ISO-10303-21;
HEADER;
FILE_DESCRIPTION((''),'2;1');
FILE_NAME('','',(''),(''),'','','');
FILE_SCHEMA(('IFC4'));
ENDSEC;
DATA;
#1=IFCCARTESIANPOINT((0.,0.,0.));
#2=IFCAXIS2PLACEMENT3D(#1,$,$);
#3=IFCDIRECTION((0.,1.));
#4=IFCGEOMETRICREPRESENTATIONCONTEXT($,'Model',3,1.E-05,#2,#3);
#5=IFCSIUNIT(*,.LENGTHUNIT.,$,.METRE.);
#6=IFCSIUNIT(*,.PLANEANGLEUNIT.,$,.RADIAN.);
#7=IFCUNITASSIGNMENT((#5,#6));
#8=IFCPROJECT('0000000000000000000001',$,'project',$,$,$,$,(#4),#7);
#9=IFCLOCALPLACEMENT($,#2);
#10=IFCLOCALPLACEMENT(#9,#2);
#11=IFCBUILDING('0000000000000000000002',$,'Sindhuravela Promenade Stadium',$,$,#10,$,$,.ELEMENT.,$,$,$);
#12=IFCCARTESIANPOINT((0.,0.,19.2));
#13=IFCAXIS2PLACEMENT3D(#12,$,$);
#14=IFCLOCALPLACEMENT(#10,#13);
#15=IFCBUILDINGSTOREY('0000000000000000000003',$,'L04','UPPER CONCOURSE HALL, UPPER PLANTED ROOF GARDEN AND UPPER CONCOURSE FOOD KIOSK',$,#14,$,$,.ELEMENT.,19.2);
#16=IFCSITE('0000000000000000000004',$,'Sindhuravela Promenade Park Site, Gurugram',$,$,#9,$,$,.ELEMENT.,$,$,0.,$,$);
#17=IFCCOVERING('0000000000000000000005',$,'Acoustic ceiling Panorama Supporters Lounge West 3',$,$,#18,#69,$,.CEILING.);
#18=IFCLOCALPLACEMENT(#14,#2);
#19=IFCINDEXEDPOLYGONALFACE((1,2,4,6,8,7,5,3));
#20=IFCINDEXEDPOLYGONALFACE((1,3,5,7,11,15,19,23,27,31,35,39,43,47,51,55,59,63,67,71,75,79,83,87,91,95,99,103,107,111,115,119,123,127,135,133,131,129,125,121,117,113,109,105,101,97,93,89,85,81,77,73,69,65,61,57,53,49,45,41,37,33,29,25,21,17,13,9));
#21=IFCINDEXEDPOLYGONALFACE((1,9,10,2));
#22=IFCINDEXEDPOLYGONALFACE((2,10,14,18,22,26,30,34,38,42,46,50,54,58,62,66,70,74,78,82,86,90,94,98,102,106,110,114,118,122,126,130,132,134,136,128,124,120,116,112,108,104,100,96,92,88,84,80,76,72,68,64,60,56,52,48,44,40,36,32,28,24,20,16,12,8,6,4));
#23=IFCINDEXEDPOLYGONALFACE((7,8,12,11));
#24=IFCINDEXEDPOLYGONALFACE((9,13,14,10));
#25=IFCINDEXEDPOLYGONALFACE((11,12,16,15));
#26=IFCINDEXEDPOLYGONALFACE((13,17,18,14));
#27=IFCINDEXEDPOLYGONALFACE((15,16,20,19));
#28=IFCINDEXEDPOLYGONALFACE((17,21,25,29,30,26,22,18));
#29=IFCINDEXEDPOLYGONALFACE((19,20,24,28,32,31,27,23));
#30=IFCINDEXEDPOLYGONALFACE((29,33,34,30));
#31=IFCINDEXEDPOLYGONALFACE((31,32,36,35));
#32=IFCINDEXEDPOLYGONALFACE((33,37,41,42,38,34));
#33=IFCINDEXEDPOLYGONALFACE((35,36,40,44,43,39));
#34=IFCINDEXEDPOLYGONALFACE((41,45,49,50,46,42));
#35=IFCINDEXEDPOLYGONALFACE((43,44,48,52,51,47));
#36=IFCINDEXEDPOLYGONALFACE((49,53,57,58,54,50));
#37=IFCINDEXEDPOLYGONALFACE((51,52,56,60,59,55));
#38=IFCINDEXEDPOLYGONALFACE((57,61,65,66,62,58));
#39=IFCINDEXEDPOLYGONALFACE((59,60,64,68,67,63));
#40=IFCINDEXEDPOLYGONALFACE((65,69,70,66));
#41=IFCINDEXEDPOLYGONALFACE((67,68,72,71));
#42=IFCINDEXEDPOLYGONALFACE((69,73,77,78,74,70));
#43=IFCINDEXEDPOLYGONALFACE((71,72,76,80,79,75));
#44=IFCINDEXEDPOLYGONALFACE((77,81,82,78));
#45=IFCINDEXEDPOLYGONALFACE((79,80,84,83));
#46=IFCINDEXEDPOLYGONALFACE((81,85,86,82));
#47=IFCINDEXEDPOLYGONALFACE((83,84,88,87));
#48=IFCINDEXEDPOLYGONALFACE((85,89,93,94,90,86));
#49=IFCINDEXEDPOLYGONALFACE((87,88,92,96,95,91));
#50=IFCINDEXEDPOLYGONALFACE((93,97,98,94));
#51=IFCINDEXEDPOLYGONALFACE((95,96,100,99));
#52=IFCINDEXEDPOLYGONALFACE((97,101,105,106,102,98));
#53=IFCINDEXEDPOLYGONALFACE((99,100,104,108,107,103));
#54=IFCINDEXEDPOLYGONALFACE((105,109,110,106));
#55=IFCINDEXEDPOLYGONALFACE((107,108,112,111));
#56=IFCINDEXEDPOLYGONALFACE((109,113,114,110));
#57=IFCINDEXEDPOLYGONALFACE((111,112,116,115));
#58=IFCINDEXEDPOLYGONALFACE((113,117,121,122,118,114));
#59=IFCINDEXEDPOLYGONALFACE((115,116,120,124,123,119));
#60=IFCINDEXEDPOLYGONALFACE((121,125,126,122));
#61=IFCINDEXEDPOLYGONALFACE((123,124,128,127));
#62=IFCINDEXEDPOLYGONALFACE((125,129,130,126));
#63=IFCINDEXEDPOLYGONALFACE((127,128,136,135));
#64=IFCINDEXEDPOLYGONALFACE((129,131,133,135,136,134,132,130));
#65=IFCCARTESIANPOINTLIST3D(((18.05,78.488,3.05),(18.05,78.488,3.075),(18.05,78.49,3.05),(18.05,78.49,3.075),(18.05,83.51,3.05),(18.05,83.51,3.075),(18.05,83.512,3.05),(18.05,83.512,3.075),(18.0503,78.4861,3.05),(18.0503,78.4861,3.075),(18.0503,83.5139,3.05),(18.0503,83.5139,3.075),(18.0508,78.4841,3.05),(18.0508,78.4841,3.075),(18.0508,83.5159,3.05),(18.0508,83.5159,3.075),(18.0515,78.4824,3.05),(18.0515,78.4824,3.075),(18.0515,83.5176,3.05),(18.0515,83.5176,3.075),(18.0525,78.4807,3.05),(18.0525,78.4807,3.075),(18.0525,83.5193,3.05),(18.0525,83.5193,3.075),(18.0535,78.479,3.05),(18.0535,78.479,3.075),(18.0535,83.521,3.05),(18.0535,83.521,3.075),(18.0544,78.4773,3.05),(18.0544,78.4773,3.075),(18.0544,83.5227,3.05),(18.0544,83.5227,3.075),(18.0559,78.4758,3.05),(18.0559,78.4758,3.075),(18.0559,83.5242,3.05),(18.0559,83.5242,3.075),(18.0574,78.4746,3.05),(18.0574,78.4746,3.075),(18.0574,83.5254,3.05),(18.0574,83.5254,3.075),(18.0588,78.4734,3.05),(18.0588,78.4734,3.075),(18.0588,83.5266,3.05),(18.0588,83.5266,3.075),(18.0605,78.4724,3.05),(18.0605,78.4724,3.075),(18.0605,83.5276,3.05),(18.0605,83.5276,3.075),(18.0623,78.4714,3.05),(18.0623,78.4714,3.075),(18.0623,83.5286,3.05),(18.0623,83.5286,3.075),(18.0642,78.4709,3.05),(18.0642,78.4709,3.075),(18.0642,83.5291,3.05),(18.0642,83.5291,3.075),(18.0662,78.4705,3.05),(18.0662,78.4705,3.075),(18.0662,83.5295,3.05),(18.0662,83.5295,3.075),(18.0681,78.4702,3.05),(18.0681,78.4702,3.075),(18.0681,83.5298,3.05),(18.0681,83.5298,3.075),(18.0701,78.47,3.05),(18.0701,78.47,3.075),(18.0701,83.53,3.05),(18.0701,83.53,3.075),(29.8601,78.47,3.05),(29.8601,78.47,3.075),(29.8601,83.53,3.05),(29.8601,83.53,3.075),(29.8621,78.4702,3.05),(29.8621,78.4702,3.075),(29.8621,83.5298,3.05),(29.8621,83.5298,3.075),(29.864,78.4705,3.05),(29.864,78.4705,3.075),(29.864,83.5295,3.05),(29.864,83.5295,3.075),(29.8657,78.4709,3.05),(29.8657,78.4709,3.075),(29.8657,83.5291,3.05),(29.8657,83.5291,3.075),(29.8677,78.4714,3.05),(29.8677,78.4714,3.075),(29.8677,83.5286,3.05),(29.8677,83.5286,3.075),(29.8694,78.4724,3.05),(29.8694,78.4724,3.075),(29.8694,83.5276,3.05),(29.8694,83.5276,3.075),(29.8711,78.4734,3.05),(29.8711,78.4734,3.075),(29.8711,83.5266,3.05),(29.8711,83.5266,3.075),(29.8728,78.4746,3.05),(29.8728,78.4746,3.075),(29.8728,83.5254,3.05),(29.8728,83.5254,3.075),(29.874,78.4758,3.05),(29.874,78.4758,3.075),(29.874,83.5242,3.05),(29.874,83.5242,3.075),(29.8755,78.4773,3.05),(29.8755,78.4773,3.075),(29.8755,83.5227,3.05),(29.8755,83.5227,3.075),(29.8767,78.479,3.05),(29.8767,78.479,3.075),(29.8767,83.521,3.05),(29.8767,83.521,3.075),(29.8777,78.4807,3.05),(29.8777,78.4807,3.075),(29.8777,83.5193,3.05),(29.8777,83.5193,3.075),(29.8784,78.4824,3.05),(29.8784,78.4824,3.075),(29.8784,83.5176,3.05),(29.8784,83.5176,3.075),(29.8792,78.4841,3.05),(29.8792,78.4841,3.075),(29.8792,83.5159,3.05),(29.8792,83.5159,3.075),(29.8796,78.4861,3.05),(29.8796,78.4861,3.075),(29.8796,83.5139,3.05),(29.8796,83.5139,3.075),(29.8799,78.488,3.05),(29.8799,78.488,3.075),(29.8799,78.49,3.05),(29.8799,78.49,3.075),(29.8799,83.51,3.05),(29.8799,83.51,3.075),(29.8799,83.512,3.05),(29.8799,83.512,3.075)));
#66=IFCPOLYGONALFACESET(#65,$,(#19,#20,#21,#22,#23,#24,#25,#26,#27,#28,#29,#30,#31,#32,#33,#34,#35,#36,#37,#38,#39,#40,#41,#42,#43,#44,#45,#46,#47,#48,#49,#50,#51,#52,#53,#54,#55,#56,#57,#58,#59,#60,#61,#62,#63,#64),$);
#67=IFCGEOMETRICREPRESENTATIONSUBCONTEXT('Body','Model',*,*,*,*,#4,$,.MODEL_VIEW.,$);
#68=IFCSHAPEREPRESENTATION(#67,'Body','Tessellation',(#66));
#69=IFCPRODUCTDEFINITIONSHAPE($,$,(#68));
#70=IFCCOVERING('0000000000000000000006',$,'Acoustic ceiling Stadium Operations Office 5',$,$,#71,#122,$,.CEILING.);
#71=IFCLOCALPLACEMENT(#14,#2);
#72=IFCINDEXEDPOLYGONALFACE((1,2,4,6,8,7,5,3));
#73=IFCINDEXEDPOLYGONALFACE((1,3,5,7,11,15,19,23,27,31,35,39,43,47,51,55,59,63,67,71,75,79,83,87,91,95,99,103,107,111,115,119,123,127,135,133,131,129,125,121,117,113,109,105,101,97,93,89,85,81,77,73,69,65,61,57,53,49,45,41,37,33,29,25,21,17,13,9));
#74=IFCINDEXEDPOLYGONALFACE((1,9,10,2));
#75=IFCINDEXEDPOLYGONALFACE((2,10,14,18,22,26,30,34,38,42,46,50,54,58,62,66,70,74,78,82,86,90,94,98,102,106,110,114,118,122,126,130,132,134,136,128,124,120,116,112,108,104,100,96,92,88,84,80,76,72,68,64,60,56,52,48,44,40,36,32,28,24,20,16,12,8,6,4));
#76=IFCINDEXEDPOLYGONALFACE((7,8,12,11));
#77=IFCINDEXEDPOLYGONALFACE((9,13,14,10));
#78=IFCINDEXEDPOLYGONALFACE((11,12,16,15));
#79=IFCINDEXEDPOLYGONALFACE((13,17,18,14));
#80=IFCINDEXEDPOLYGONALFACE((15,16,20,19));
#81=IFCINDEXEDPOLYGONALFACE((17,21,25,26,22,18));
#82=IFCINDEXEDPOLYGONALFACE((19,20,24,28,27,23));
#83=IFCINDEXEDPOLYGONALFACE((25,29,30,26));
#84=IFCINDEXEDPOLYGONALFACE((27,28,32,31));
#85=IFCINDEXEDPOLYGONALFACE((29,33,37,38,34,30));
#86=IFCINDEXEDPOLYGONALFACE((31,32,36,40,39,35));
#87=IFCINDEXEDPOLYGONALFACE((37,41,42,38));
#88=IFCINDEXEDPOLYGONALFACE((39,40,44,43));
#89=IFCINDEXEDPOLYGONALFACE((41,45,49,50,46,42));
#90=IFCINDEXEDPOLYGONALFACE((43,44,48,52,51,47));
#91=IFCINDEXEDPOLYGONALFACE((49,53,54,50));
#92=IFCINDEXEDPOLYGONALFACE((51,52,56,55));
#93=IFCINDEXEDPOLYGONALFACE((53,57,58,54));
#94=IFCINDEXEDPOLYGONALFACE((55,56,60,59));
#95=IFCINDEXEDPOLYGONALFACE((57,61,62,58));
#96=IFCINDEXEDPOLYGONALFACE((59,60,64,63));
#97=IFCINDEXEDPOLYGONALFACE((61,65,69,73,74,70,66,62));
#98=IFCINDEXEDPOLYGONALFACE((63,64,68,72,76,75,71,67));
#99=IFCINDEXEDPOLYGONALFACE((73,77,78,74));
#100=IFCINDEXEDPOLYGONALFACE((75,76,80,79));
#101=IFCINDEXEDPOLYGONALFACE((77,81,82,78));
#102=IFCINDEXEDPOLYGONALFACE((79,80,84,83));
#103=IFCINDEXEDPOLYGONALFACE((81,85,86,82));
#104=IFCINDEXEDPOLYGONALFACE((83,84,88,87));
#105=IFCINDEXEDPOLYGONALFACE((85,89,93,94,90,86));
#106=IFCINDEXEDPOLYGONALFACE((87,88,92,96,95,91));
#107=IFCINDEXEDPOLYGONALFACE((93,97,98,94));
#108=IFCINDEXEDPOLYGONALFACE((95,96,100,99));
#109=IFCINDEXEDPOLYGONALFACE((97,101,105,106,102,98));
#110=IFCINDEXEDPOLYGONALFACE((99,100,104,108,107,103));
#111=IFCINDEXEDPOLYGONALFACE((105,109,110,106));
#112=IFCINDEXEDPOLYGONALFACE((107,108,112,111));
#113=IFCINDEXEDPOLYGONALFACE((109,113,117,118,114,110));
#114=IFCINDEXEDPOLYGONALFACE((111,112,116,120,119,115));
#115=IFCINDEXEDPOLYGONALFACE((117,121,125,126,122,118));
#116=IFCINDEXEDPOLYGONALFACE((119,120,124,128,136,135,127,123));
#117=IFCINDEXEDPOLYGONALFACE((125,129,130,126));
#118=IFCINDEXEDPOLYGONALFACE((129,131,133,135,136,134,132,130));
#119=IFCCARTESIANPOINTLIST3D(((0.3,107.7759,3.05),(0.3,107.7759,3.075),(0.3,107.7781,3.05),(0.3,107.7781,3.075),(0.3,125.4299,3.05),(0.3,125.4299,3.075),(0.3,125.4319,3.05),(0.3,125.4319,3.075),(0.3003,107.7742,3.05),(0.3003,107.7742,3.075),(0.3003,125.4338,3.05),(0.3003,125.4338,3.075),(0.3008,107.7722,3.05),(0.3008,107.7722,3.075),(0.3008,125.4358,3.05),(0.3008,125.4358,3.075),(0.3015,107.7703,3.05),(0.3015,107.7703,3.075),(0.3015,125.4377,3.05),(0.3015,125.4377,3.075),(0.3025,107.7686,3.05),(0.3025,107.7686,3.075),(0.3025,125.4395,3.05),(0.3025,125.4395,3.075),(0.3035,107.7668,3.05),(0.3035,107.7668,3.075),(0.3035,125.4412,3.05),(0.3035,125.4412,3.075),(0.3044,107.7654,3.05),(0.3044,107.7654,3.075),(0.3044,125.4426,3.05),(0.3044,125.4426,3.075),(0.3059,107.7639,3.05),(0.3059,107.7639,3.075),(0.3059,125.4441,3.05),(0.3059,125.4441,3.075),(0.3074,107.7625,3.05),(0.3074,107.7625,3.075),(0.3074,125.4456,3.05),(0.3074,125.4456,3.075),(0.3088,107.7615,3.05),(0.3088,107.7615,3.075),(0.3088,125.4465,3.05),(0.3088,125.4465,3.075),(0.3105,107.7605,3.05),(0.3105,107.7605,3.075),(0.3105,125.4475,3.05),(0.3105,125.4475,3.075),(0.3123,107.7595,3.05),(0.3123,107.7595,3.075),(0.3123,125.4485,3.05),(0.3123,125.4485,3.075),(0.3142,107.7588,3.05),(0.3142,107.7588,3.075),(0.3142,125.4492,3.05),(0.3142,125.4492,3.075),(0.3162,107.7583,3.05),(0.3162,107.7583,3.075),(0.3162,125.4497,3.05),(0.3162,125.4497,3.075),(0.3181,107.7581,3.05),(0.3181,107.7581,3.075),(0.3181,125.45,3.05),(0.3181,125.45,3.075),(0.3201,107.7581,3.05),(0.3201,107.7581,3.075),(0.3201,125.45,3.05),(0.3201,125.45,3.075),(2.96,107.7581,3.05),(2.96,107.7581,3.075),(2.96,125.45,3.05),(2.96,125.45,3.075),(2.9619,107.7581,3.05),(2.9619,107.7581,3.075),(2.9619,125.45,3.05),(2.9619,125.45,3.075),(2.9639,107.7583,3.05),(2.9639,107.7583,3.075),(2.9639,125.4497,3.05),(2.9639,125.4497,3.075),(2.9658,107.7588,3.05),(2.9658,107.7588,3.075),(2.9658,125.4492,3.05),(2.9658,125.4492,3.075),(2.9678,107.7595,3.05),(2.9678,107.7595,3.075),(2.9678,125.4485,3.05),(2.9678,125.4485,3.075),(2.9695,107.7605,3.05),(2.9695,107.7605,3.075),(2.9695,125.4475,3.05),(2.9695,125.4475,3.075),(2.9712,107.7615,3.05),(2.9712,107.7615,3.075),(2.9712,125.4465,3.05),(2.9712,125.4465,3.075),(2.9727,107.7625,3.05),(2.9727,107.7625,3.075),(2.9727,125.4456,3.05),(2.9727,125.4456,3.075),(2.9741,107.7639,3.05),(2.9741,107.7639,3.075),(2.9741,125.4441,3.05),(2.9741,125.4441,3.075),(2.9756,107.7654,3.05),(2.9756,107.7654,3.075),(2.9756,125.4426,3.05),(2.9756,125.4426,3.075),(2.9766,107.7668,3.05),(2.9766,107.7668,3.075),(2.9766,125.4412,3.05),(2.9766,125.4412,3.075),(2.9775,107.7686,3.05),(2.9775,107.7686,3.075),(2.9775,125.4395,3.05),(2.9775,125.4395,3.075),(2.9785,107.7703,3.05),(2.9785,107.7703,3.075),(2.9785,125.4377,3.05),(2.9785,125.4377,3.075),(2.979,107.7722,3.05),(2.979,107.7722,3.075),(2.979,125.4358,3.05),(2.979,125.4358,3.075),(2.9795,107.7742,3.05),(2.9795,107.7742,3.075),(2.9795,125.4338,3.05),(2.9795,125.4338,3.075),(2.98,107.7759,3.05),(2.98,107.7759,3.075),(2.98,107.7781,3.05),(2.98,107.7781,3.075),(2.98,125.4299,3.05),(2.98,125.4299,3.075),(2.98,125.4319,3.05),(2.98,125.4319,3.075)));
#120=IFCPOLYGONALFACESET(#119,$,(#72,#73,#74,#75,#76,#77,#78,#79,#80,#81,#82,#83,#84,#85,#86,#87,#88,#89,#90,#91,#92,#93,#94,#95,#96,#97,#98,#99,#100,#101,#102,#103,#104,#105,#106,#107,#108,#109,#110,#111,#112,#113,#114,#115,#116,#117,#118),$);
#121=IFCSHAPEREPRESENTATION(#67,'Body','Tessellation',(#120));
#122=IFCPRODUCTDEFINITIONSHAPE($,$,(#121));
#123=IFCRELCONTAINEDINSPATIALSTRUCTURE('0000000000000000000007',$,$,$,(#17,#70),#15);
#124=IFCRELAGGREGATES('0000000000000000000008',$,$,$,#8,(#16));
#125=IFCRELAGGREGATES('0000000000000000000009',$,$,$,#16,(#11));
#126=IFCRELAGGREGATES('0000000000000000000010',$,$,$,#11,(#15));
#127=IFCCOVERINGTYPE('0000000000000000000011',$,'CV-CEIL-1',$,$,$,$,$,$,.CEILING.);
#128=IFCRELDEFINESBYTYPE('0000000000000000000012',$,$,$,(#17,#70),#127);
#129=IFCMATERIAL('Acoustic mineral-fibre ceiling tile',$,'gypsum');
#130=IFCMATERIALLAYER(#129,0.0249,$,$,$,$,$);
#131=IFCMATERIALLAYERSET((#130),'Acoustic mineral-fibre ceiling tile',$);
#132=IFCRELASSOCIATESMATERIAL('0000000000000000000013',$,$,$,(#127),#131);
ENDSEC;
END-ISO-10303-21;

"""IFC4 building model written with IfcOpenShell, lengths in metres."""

from ifc_helpers import new_model, si_unit, direction, frame, origin, place, context, subcontext, project, spatial, polyline, outline, extrude, material, layer, layer_set, type_object, element, save


model = new_model("IFC4")

# Units and contexts
model_context = context("Model", 3, precision=1e-05, world=origin(), true_north=direction((0.0, 1.0)))
body_context = subcontext(model_context, "Body", "Model", "MODEL_VIEW")
ifc_project = project(units=[si_unit("LENGTHUNIT", "METRE"), si_unit("PLANEANGLEUNIT", "RADIAN")], contexts=[model_context])

# Site, building, storey
site_placement = place(None, origin())
site = spatial("IfcSite", under=ifc_project, at=site_placement, Name="Sindhuravela Promenade Park Site, Gurugram", CompositionType="ELEMENT", RefElevation=0.0)
building_placement = place(site_placement, origin())
building = spatial("IfcBuilding", under=site, at=building_placement, Name="Sindhuravela Promenade Stadium", CompositionType="ELEMENT")
storey_placement = place(building_placement, frame((0.0, 0.0, 19.2)))
storey = spatial("IfcBuildingStorey", under=building, at=storey_placement, Name="L04", Description="UPPER CONCOURSE HALL, UPPER PLANTED ROOF GARDEN AND UPPER CONCOURSE FOOD KIOSK", CompositionType="ELEMENT", Elevation=19.2)

# Coverings
ifc_material_1 = material(Name="Acoustic mineral-fibre ceiling tile", Category="gypsum")
ifc_layer_1 = layer(ifc_material_1, 0.0249)
ifc_layer_set_1 = layer_set([ifc_layer_1], Name="Acoustic mineral-fibre ceiling tile")
covering_type_1 = type_object("IfcCoveringType", Name="CV-CEIL-1", PredefinedType="CEILING", material=ifc_layer_set_1)
covering_1_placement = place(storey_placement, frame((0.0, 0.0, 3.05)))
element("IfcCovering", 1, at=covering_1_placement, inside=storey, type_object=covering_type_1, Name="Acoustic ceiling Panorama Supporters Lounge West 3", PredefinedType="CEILING", context=body_context, shape_type="SweptSolid", body=[
    extrude(outline(polyline([(29.8601, 83.53), (29.8621, 83.5298), (29.864, 83.5295), (29.8657, 83.5291), (29.8677, 83.5286), (29.8694, 83.5276), (29.8711, 83.5266), (29.8728, 83.5254), (29.874, 83.5242), (29.8755, 83.5227), (29.8767, 83.521), (29.8777, 83.5193), (29.8784, 83.5176), (29.8792, 83.5159), (29.8796, 83.5139), (29.8799, 83.512), (29.8799, 83.51), (29.8799, 78.49), (29.8799, 78.488), (29.8796, 78.4861), (29.8792, 78.4841), (29.8784, 78.4824), (29.8777, 78.4807), (29.8767, 78.479), (29.8755, 78.4773), (29.874, 78.4758), (29.8728, 78.4746), (29.8711, 78.4734), (29.8694, 78.4724), (29.8677, 78.4714), (29.8657, 78.4709), (29.864, 78.4705), (29.8621, 78.4702), (29.8601, 78.47), (18.0701, 78.47), (18.0681, 78.4702), (18.0662, 78.4705), (18.0642, 78.4709), (18.0623, 78.4714), (18.0605, 78.4724), (18.0588, 78.4734), (18.0574, 78.4746), (18.0559, 78.4758), (18.0544, 78.4773), (18.0535, 78.479), (18.0525, 78.4807), (18.0515, 78.4824), (18.0508, 78.4841), (18.0503, 78.4861), (18.05, 78.488), (18.05, 78.49), (18.05, 83.51), (18.05, 83.512), (18.0503, 83.5139), (18.0508, 83.5159), (18.0515, 83.5176), (18.0525, 83.5193), (18.0535, 83.521), (18.0544, 83.5227), (18.0559, 83.5242), (18.0574, 83.5254), (18.0588, 83.5266), (18.0605, 83.5276), (18.0623, 83.5286), (18.0642, 83.5291), (18.0662, 83.5295), (18.0681, 83.5298), (18.0701, 83.53), (29.8601, 83.53)])), origin(), (0.0, 0.0, 1.0), 0.0249),
])
covering_2_placement = place(storey_placement, frame((0.0, 0.0, 3.05)))
element("IfcCovering", 2, at=covering_2_placement, inside=storey, type_object=covering_type_1, Name="Acoustic ceiling Stadium Operations Office 5", PredefinedType="CEILING", context=body_context, shape_type="SweptSolid", body=[
    extrude(outline(polyline([(2.96, 125.45), (2.9619, 125.45), (2.9639, 125.4497), (2.9658, 125.4492), (2.9678, 125.4485), (2.9695, 125.4475), (2.9712, 125.4465), (2.9727, 125.4456), (2.9741, 125.4441), (2.9756, 125.4426), (2.9766, 125.4412), (2.9775, 125.4395), (2.9785, 125.4377), (2.979, 125.4358), (2.9795, 125.4338), (2.98, 125.4319), (2.98, 125.4299), (2.98, 107.7781), (2.98, 107.7759), (2.9795, 107.7742), (2.979, 107.7722), (2.9785, 107.7703), (2.9775, 107.7686), (2.9766, 107.7668), (2.9756, 107.7654), (2.9741, 107.7639), (2.9727, 107.7625), (2.9712, 107.7615), (2.9695, 107.7605), (2.9678, 107.7595), (2.9658, 107.7588), (2.9639, 107.7583), (2.9619, 107.7581), (2.96, 107.7581), (0.3201, 107.7581), (0.3181, 107.7581), (0.3162, 107.7583), (0.3142, 107.7588), (0.3123, 107.7595), (0.3105, 107.7605), (0.3088, 107.7615), (0.3074, 107.7625), (0.3059, 107.7639), (0.3044, 107.7654), (0.3035, 107.7668), (0.3025, 107.7686), (0.3015, 107.7703), (0.3008, 107.7722), (0.3003, 107.7742), (0.3, 107.7759), (0.3, 107.7781), (0.3, 125.4299), (0.3, 125.4319), (0.3003, 125.4338), (0.3008, 125.4358), (0.3015, 125.4377), (0.3025, 125.4395), (0.3035, 125.4412), (0.3044, 125.4426), (0.3059, 125.4441), (0.3074, 125.4456), (0.3088, 125.4465), (0.3105, 125.4475), (0.3123, 125.4485), (0.3142, 125.4492), (0.3162, 125.4497), (0.3181, 125.45), (0.3201, 125.45), (2.96, 125.45)])), origin(), (0.0, 0.0, 1.0), 0.0249),
])

save(model, "model.ifc")
